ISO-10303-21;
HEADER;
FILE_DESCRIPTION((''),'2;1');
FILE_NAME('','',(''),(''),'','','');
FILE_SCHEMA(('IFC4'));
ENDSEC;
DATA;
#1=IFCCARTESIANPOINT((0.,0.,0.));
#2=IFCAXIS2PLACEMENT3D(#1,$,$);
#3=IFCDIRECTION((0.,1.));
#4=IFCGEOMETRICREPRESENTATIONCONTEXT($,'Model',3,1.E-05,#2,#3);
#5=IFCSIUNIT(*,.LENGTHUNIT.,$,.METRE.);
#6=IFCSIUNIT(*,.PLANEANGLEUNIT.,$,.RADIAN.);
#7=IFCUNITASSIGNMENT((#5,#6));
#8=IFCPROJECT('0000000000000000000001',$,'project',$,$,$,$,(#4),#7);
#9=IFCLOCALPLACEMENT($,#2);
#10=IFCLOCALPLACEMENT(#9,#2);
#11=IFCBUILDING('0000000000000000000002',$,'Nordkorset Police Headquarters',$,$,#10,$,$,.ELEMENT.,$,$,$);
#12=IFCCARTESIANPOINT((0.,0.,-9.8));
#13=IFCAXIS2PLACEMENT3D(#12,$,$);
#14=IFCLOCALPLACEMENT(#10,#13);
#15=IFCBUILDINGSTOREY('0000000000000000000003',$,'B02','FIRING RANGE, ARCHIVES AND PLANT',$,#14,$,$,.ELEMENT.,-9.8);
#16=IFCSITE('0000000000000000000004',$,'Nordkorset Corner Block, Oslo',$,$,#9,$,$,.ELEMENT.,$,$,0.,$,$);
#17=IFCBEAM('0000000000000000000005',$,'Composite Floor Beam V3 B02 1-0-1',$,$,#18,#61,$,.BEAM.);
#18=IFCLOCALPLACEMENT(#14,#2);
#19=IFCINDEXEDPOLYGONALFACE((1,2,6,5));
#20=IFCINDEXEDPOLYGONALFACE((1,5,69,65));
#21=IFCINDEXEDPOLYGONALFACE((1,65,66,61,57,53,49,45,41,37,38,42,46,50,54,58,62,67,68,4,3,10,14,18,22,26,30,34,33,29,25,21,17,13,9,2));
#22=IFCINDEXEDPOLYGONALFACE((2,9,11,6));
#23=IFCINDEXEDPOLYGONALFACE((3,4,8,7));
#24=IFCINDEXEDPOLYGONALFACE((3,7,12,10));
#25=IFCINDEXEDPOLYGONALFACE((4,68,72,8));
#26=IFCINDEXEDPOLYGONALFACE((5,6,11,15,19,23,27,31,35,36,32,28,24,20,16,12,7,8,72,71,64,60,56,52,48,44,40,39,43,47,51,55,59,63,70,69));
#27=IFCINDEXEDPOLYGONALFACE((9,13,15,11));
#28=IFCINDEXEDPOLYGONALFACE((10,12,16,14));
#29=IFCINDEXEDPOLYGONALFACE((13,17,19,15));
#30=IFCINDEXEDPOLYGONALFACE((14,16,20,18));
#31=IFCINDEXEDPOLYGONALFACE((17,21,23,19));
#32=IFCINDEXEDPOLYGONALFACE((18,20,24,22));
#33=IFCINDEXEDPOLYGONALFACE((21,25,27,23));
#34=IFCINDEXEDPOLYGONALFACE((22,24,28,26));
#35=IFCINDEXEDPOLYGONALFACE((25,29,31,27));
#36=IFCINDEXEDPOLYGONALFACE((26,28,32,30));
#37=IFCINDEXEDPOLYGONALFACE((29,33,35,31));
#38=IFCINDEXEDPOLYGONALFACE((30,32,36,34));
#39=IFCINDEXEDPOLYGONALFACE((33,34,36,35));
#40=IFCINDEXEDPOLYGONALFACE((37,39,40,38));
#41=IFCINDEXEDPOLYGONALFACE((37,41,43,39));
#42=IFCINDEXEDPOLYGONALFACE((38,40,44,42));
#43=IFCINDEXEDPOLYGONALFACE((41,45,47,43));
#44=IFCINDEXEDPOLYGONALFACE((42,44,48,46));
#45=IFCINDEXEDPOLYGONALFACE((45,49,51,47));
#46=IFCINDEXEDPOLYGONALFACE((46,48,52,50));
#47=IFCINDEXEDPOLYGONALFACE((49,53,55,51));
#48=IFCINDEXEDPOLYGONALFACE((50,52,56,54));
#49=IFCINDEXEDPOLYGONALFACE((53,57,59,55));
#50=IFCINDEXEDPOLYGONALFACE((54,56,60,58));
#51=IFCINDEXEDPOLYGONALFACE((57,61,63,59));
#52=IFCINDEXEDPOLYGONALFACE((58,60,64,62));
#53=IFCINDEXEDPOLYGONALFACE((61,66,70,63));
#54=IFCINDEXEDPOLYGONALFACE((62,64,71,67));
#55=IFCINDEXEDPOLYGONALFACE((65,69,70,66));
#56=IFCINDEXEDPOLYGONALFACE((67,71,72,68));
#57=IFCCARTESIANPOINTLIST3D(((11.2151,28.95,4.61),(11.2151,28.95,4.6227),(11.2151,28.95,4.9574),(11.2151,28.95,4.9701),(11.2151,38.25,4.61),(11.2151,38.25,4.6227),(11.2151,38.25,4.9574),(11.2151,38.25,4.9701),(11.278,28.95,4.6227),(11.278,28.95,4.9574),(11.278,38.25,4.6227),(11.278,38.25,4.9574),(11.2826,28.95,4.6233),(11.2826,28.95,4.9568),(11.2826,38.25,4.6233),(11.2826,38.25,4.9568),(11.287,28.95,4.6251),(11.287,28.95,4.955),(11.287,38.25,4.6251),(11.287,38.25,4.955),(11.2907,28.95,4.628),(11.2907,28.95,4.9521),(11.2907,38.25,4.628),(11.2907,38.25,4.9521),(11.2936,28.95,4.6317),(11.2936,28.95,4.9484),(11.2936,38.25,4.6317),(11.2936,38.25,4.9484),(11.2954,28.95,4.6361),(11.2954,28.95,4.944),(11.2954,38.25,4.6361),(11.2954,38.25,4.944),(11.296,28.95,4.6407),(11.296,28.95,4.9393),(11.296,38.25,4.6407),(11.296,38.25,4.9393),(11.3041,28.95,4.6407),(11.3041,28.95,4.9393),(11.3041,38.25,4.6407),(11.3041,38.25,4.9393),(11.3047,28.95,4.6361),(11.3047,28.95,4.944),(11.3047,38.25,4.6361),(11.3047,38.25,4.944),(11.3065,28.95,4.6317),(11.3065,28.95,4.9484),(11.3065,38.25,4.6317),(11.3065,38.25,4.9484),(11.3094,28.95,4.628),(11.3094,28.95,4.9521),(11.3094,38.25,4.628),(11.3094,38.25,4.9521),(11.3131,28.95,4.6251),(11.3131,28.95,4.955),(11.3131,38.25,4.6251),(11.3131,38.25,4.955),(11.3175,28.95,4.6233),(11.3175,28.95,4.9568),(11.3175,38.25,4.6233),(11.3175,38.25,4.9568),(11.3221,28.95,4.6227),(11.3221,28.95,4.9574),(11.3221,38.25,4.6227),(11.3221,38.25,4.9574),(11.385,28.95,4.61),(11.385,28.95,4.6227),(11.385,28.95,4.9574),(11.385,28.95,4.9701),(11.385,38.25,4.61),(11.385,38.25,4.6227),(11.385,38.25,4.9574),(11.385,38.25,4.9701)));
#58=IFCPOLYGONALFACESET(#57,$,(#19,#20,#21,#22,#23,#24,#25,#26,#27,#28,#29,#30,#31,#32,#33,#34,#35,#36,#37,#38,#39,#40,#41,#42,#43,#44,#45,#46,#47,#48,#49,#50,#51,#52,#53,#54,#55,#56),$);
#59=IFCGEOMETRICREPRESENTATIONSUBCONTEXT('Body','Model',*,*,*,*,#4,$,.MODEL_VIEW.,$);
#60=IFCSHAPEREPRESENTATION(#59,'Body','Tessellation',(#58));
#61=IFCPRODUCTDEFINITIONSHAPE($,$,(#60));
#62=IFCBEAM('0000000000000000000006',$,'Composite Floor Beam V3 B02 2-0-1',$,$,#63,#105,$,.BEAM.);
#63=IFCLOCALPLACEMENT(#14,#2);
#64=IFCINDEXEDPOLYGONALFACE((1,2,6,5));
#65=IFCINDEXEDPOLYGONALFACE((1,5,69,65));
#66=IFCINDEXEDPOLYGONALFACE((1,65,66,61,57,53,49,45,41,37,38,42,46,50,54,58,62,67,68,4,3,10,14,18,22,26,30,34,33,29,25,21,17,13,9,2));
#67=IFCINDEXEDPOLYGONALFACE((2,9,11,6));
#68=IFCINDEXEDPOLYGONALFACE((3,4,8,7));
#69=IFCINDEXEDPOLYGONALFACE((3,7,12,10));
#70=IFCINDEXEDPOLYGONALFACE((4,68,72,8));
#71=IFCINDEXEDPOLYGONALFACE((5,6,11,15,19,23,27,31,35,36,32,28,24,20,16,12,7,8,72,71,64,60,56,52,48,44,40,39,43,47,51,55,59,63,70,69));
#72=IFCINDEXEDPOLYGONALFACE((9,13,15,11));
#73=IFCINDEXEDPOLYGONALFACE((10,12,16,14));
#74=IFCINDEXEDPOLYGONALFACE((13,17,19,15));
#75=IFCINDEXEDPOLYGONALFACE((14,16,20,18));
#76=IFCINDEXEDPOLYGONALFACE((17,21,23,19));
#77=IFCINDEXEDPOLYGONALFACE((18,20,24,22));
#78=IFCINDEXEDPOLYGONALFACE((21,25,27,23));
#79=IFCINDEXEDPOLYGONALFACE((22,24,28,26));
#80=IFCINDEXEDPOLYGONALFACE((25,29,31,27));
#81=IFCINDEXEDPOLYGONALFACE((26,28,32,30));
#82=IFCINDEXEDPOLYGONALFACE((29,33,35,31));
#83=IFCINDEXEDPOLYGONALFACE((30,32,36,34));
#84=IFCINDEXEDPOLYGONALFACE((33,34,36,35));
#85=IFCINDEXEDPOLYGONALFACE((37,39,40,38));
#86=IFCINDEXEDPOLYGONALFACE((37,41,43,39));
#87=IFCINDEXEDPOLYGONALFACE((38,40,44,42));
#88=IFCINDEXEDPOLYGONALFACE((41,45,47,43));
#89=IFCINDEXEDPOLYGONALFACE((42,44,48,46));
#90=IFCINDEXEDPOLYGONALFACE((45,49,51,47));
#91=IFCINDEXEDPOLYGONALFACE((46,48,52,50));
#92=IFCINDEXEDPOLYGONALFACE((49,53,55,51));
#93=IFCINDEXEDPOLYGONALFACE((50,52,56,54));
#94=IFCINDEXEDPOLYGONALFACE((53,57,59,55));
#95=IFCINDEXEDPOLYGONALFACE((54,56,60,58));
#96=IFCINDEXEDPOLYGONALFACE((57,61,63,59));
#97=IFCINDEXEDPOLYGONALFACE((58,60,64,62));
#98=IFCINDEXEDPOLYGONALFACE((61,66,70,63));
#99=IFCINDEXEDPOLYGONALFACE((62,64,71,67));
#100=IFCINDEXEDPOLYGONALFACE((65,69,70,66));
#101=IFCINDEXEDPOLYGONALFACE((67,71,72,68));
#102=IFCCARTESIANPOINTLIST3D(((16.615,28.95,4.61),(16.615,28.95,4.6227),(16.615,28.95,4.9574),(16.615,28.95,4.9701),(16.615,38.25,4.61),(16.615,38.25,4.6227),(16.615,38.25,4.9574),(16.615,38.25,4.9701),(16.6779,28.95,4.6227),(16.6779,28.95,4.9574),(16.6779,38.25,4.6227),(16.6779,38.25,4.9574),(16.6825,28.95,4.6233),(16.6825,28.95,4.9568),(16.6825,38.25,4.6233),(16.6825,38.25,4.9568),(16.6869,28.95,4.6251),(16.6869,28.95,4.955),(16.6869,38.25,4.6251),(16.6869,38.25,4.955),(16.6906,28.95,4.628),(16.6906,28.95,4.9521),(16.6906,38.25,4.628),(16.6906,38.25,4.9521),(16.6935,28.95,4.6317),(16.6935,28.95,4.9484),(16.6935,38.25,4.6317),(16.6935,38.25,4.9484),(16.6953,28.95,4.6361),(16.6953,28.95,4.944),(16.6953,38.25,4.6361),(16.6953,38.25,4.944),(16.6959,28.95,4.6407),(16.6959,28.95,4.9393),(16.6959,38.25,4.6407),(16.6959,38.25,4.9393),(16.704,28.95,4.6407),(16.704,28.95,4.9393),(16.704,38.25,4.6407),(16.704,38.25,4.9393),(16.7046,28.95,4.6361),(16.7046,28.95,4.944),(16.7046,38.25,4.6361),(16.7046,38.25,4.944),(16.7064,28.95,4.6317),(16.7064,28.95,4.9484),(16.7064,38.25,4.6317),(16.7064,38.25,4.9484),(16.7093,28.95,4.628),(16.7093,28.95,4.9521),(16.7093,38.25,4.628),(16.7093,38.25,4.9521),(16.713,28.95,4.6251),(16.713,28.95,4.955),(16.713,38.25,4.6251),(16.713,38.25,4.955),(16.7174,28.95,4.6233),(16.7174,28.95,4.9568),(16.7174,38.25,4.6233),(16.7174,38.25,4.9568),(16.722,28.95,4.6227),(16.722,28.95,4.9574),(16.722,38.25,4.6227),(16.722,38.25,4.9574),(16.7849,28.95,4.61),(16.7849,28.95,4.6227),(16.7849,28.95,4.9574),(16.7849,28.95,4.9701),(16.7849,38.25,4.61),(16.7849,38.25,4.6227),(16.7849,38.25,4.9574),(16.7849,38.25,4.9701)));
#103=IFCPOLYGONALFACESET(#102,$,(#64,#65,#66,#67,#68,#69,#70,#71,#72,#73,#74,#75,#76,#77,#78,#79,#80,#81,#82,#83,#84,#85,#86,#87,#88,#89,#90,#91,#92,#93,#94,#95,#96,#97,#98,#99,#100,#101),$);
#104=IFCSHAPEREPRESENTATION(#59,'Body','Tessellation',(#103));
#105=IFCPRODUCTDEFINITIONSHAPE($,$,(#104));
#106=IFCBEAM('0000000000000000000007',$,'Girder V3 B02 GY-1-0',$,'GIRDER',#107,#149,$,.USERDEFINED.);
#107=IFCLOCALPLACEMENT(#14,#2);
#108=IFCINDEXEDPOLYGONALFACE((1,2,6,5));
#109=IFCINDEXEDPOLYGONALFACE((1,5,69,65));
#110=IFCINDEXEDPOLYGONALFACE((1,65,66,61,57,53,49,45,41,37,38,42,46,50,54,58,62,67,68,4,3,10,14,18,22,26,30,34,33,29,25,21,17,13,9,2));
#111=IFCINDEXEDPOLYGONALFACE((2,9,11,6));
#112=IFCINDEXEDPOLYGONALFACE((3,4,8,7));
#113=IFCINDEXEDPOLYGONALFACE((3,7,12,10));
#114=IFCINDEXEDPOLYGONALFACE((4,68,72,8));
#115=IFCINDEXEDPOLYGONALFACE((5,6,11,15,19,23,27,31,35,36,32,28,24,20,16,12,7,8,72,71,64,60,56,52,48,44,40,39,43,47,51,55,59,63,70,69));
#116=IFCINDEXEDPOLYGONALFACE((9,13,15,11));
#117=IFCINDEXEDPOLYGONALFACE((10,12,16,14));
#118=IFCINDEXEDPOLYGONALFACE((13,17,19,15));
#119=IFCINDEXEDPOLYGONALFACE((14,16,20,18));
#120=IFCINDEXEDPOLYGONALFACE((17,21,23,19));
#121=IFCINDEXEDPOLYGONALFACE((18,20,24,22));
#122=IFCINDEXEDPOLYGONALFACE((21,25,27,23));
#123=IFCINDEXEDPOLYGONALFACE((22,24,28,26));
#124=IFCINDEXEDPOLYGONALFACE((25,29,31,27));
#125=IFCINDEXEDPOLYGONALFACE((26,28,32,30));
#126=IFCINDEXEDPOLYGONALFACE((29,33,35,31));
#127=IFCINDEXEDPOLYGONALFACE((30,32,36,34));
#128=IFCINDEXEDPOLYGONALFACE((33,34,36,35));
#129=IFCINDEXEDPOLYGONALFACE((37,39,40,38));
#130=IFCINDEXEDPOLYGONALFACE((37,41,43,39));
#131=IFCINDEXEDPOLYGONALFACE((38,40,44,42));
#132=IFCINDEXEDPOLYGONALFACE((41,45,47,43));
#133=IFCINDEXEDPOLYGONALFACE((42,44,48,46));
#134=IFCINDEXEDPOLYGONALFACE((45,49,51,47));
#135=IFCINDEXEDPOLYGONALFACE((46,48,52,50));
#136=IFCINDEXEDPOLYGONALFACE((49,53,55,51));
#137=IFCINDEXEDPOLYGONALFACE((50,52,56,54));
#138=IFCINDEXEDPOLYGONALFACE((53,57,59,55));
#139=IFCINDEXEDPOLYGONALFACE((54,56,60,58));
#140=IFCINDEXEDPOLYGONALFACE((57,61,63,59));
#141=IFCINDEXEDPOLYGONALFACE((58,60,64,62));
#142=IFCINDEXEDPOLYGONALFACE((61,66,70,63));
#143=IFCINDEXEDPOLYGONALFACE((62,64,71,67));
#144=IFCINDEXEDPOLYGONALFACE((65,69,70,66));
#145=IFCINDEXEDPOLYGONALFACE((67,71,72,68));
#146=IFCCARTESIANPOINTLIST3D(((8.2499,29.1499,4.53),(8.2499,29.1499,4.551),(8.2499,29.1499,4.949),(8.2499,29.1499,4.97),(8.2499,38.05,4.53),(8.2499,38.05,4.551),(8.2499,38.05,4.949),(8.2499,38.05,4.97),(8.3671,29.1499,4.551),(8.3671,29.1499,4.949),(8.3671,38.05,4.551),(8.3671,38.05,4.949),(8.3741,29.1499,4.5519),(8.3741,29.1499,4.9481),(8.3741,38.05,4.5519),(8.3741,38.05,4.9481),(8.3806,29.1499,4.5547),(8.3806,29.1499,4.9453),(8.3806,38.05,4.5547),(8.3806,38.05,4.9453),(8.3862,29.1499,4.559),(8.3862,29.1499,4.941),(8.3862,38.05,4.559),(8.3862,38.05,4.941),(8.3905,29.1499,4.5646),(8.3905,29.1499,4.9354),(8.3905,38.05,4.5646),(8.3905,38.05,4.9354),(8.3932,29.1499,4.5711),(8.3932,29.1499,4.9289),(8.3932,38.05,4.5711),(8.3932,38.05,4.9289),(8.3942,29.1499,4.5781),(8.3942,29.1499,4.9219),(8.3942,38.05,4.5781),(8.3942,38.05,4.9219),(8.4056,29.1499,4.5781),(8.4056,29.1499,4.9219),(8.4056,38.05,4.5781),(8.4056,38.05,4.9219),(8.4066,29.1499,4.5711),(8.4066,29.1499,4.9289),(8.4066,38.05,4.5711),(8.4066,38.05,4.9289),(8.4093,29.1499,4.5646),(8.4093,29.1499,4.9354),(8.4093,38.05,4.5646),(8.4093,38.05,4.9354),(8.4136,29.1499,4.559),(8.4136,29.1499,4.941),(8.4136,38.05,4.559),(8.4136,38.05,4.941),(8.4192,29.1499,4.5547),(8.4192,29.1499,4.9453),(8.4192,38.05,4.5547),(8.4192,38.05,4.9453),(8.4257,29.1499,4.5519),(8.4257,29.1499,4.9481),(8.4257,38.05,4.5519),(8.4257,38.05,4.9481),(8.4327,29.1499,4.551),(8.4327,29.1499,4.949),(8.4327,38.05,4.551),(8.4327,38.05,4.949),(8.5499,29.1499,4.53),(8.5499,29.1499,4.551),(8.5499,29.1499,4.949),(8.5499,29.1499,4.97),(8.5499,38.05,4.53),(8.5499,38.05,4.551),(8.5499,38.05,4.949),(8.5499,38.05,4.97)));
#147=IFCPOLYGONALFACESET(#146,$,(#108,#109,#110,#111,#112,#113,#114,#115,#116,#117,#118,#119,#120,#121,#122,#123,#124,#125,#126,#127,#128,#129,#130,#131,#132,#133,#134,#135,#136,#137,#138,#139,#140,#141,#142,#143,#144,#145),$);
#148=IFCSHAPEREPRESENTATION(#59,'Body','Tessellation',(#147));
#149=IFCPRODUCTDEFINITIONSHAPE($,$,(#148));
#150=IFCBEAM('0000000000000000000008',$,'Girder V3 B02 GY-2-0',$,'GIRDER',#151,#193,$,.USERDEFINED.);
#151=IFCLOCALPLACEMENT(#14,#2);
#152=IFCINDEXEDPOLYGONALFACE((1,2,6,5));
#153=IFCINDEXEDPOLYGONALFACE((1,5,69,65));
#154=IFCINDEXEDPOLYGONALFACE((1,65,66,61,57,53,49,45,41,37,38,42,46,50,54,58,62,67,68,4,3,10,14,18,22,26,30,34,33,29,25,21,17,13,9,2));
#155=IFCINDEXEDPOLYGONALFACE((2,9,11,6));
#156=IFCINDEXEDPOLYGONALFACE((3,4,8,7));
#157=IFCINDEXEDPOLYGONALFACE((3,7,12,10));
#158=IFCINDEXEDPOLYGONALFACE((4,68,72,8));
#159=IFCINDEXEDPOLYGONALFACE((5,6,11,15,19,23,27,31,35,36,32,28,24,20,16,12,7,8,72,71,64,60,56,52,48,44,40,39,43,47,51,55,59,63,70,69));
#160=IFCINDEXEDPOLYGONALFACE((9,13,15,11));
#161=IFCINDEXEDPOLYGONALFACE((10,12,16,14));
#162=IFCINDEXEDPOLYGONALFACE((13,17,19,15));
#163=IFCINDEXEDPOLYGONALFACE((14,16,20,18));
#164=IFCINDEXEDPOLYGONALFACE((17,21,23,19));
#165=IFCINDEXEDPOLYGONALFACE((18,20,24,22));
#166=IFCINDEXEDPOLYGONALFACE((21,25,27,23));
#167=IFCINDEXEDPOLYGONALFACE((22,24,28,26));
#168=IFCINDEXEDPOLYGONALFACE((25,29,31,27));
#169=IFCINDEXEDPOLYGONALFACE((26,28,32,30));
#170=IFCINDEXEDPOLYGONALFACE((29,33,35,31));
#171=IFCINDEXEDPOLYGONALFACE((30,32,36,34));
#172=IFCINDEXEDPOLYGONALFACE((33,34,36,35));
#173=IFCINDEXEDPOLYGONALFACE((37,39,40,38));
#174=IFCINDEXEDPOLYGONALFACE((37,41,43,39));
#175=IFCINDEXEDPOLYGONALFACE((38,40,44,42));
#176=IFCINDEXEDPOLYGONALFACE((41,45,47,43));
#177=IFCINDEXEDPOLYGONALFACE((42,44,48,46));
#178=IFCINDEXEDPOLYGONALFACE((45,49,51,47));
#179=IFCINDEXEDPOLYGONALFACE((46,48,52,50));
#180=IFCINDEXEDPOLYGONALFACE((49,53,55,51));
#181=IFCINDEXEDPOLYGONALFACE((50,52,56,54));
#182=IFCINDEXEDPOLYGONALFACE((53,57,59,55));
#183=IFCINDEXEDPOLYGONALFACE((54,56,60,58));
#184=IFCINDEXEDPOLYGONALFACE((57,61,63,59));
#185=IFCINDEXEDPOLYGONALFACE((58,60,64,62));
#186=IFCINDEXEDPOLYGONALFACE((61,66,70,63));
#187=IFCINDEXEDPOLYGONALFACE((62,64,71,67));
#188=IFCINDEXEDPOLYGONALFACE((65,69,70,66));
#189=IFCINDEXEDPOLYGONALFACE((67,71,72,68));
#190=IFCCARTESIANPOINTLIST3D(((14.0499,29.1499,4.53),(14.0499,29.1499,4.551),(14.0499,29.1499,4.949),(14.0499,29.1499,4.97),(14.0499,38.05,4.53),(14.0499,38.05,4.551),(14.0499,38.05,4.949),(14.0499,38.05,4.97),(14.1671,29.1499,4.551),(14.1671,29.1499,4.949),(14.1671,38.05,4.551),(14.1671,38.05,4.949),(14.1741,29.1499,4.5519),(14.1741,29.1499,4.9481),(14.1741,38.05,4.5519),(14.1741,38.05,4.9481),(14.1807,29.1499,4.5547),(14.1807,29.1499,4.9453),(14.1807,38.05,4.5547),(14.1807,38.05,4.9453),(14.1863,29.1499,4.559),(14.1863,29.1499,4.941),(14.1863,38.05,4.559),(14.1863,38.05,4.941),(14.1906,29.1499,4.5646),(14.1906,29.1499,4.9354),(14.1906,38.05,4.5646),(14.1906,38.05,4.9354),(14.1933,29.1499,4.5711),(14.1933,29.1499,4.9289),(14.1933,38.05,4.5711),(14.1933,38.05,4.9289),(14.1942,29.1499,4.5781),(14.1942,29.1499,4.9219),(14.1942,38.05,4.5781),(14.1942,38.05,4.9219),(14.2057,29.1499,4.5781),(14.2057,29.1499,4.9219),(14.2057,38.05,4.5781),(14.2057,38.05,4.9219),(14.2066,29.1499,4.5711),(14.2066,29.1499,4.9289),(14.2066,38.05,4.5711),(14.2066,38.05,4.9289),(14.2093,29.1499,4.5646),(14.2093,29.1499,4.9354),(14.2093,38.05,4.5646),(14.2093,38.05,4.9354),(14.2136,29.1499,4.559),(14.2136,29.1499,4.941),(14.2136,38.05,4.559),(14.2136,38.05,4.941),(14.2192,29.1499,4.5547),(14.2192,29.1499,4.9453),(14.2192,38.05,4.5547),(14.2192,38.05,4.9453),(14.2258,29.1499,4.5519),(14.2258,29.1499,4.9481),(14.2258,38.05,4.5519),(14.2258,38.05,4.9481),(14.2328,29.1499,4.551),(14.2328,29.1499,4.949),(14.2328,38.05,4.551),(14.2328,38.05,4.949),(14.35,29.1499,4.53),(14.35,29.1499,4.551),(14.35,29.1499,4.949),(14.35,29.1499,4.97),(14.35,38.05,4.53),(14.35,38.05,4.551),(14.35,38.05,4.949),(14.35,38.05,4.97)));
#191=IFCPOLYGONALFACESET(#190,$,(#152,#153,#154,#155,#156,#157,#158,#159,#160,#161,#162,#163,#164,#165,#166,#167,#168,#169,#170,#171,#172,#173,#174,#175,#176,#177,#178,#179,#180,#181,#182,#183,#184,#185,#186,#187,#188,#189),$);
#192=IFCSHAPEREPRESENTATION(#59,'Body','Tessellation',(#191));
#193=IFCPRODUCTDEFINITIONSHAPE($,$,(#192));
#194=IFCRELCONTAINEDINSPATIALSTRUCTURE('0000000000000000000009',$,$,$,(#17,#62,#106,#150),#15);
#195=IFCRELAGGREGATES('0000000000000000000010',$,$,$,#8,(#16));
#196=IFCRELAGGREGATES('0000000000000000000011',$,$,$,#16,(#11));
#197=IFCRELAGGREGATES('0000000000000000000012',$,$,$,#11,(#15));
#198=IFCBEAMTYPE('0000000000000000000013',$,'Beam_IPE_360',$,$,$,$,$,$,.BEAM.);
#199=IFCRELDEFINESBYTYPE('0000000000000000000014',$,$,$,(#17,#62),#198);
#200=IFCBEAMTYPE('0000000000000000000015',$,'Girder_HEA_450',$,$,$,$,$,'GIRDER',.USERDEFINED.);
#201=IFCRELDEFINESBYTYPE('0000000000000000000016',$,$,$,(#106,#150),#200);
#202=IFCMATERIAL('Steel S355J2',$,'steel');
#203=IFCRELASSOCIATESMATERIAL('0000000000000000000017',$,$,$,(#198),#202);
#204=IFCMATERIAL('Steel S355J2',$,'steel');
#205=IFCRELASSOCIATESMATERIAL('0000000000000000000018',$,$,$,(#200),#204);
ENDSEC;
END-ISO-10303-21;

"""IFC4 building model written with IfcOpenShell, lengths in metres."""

from ifc_helpers import new_model, si_unit, direction, frame, origin, origin_2d, place, context, subcontext, project, spatial, i_section, extrude, material, material_profile, profile_set, type_object, element, save


model = new_model("IFC4")

# Units and contexts
model_context = context("Model", 3, precision=1e-05, world=origin(), true_north=direction((0.0, 1.0)))
body_context = subcontext(model_context, "Body", "Model", "MODEL_VIEW")
ifc_project = project(units=[si_unit("LENGTHUNIT", "METRE"), si_unit("PLANEANGLEUNIT", "RADIAN")], contexts=[model_context])

# Site, building, storey
site_placement = place(None, origin())
site = spatial("IfcSite", under=ifc_project, at=site_placement, Name="Nordkorset Corner Block, Oslo", CompositionType="ELEMENT", RefElevation=0.0)
building_placement = place(site_placement, origin())
building = spatial("IfcBuilding", under=site, at=building_placement, Name="Nordkorset Police Headquarters", CompositionType="ELEMENT")
storey_placement = place(building_placement, frame((0.0, 0.0, -9.8)))
storey = spatial("IfcBuildingStorey", under=building, at=storey_placement, Name="B02", Description="FIRING RANGE, ARCHIVES AND PLANT", CompositionType="ELEMENT", Elevation=-9.8)

# Beams
ifc_material_1 = material(Name="Steel S355J2", Category="steel")
ifc_material_profile_1 = material_profile(ifc_material_1, i_section(OverallWidth=0.1699, OverallDepth=0.3601, WebThickness=0.0081, FlangeThickness=0.0127, FilletRadius=0.0181, at=origin_2d()), Name="IPE 360")
ifc_profile_set_1 = profile_set([ifc_material_profile_1], Name="Steel S355J2")
beam_type_1 = type_object("IfcBeamType", Name="Beam_IPE_360", PredefinedType="BEAM", material=ifc_profile_set_1)
for number, where, z_axis, x_axis, name in (
    (1, (11.3, 28.95, 4.79), (0.0, 1.0, 0.0), (-1.0, 0.0, 0.0), "Composite Floor Beam V3 B02 1-0-1"),
    (2, (16.7, 28.95, 4.79), (0.0, 1.0, 0.0), (-1.0, 0.0, 0.0), "Composite Floor Beam V3 B02 2-0-1"),
):
    element("IfcBeam", number, at=place(storey_placement, frame(where, z_axis=z_axis, x_axis=x_axis)), inside=storey, type_object=beam_type_1, Name=name, PredefinedType="BEAM", context=body_context, shape_type="SweptSolid", body=[
        extrude(i_section(OverallWidth=0.1699, OverallDepth=0.3601, WebThickness=0.0081, FlangeThickness=0.0127, FilletRadius=0.0181, at=origin_2d()), origin(), (0.0, 0.0, 1.0), 9.3),
    ])
ifc_material_2 = material(Name="Steel S355J2", Category="steel")
ifc_material_profile_2 = material_profile(ifc_material_2, i_section(OverallWidth=0.3, OverallDepth=0.4399, WebThickness=0.0115, FlangeThickness=0.021, FilletRadius=0.0271, at=origin_2d()), Name="HEA 450")
ifc_profile_set_2 = profile_set([ifc_material_profile_2], Name="Steel S355J2")
beam_type_2 = type_object("IfcBeamType", Name="Girder_HEA_450", ElementType="GIRDER", PredefinedType="USERDEFINED", material=ifc_profile_set_2)
for number, where, z_axis, x_axis, name in (
    (3, (8.3999, 29.1499, 4.75), (0.0, 1.0, 0.0), (-1.0, 0.0, 0.0), "Girder V3 B02 GY-1-0"),
    (4, (14.2, 29.1499, 4.75), (0.0, 1.0, 0.0), (-1.0, 0.0, 0.0), "Girder V3 B02 GY-2-0"),
):
    element("IfcBeam", number, at=place(storey_placement, frame(where, z_axis=z_axis, x_axis=x_axis)), inside=storey, type_object=beam_type_2, Name=name, ObjectType="GIRDER", PredefinedType="USERDEFINED", context=body_context, shape_type="SweptSolid", body=[
        extrude(i_section(OverallWidth=0.3, OverallDepth=0.4399, WebThickness=0.0115, FlangeThickness=0.021, FilletRadius=0.0271, at=origin_2d()), origin(), (0.0, 0.0, 1.0), 8.9001),
    ])

save(model, "model.ifc")
